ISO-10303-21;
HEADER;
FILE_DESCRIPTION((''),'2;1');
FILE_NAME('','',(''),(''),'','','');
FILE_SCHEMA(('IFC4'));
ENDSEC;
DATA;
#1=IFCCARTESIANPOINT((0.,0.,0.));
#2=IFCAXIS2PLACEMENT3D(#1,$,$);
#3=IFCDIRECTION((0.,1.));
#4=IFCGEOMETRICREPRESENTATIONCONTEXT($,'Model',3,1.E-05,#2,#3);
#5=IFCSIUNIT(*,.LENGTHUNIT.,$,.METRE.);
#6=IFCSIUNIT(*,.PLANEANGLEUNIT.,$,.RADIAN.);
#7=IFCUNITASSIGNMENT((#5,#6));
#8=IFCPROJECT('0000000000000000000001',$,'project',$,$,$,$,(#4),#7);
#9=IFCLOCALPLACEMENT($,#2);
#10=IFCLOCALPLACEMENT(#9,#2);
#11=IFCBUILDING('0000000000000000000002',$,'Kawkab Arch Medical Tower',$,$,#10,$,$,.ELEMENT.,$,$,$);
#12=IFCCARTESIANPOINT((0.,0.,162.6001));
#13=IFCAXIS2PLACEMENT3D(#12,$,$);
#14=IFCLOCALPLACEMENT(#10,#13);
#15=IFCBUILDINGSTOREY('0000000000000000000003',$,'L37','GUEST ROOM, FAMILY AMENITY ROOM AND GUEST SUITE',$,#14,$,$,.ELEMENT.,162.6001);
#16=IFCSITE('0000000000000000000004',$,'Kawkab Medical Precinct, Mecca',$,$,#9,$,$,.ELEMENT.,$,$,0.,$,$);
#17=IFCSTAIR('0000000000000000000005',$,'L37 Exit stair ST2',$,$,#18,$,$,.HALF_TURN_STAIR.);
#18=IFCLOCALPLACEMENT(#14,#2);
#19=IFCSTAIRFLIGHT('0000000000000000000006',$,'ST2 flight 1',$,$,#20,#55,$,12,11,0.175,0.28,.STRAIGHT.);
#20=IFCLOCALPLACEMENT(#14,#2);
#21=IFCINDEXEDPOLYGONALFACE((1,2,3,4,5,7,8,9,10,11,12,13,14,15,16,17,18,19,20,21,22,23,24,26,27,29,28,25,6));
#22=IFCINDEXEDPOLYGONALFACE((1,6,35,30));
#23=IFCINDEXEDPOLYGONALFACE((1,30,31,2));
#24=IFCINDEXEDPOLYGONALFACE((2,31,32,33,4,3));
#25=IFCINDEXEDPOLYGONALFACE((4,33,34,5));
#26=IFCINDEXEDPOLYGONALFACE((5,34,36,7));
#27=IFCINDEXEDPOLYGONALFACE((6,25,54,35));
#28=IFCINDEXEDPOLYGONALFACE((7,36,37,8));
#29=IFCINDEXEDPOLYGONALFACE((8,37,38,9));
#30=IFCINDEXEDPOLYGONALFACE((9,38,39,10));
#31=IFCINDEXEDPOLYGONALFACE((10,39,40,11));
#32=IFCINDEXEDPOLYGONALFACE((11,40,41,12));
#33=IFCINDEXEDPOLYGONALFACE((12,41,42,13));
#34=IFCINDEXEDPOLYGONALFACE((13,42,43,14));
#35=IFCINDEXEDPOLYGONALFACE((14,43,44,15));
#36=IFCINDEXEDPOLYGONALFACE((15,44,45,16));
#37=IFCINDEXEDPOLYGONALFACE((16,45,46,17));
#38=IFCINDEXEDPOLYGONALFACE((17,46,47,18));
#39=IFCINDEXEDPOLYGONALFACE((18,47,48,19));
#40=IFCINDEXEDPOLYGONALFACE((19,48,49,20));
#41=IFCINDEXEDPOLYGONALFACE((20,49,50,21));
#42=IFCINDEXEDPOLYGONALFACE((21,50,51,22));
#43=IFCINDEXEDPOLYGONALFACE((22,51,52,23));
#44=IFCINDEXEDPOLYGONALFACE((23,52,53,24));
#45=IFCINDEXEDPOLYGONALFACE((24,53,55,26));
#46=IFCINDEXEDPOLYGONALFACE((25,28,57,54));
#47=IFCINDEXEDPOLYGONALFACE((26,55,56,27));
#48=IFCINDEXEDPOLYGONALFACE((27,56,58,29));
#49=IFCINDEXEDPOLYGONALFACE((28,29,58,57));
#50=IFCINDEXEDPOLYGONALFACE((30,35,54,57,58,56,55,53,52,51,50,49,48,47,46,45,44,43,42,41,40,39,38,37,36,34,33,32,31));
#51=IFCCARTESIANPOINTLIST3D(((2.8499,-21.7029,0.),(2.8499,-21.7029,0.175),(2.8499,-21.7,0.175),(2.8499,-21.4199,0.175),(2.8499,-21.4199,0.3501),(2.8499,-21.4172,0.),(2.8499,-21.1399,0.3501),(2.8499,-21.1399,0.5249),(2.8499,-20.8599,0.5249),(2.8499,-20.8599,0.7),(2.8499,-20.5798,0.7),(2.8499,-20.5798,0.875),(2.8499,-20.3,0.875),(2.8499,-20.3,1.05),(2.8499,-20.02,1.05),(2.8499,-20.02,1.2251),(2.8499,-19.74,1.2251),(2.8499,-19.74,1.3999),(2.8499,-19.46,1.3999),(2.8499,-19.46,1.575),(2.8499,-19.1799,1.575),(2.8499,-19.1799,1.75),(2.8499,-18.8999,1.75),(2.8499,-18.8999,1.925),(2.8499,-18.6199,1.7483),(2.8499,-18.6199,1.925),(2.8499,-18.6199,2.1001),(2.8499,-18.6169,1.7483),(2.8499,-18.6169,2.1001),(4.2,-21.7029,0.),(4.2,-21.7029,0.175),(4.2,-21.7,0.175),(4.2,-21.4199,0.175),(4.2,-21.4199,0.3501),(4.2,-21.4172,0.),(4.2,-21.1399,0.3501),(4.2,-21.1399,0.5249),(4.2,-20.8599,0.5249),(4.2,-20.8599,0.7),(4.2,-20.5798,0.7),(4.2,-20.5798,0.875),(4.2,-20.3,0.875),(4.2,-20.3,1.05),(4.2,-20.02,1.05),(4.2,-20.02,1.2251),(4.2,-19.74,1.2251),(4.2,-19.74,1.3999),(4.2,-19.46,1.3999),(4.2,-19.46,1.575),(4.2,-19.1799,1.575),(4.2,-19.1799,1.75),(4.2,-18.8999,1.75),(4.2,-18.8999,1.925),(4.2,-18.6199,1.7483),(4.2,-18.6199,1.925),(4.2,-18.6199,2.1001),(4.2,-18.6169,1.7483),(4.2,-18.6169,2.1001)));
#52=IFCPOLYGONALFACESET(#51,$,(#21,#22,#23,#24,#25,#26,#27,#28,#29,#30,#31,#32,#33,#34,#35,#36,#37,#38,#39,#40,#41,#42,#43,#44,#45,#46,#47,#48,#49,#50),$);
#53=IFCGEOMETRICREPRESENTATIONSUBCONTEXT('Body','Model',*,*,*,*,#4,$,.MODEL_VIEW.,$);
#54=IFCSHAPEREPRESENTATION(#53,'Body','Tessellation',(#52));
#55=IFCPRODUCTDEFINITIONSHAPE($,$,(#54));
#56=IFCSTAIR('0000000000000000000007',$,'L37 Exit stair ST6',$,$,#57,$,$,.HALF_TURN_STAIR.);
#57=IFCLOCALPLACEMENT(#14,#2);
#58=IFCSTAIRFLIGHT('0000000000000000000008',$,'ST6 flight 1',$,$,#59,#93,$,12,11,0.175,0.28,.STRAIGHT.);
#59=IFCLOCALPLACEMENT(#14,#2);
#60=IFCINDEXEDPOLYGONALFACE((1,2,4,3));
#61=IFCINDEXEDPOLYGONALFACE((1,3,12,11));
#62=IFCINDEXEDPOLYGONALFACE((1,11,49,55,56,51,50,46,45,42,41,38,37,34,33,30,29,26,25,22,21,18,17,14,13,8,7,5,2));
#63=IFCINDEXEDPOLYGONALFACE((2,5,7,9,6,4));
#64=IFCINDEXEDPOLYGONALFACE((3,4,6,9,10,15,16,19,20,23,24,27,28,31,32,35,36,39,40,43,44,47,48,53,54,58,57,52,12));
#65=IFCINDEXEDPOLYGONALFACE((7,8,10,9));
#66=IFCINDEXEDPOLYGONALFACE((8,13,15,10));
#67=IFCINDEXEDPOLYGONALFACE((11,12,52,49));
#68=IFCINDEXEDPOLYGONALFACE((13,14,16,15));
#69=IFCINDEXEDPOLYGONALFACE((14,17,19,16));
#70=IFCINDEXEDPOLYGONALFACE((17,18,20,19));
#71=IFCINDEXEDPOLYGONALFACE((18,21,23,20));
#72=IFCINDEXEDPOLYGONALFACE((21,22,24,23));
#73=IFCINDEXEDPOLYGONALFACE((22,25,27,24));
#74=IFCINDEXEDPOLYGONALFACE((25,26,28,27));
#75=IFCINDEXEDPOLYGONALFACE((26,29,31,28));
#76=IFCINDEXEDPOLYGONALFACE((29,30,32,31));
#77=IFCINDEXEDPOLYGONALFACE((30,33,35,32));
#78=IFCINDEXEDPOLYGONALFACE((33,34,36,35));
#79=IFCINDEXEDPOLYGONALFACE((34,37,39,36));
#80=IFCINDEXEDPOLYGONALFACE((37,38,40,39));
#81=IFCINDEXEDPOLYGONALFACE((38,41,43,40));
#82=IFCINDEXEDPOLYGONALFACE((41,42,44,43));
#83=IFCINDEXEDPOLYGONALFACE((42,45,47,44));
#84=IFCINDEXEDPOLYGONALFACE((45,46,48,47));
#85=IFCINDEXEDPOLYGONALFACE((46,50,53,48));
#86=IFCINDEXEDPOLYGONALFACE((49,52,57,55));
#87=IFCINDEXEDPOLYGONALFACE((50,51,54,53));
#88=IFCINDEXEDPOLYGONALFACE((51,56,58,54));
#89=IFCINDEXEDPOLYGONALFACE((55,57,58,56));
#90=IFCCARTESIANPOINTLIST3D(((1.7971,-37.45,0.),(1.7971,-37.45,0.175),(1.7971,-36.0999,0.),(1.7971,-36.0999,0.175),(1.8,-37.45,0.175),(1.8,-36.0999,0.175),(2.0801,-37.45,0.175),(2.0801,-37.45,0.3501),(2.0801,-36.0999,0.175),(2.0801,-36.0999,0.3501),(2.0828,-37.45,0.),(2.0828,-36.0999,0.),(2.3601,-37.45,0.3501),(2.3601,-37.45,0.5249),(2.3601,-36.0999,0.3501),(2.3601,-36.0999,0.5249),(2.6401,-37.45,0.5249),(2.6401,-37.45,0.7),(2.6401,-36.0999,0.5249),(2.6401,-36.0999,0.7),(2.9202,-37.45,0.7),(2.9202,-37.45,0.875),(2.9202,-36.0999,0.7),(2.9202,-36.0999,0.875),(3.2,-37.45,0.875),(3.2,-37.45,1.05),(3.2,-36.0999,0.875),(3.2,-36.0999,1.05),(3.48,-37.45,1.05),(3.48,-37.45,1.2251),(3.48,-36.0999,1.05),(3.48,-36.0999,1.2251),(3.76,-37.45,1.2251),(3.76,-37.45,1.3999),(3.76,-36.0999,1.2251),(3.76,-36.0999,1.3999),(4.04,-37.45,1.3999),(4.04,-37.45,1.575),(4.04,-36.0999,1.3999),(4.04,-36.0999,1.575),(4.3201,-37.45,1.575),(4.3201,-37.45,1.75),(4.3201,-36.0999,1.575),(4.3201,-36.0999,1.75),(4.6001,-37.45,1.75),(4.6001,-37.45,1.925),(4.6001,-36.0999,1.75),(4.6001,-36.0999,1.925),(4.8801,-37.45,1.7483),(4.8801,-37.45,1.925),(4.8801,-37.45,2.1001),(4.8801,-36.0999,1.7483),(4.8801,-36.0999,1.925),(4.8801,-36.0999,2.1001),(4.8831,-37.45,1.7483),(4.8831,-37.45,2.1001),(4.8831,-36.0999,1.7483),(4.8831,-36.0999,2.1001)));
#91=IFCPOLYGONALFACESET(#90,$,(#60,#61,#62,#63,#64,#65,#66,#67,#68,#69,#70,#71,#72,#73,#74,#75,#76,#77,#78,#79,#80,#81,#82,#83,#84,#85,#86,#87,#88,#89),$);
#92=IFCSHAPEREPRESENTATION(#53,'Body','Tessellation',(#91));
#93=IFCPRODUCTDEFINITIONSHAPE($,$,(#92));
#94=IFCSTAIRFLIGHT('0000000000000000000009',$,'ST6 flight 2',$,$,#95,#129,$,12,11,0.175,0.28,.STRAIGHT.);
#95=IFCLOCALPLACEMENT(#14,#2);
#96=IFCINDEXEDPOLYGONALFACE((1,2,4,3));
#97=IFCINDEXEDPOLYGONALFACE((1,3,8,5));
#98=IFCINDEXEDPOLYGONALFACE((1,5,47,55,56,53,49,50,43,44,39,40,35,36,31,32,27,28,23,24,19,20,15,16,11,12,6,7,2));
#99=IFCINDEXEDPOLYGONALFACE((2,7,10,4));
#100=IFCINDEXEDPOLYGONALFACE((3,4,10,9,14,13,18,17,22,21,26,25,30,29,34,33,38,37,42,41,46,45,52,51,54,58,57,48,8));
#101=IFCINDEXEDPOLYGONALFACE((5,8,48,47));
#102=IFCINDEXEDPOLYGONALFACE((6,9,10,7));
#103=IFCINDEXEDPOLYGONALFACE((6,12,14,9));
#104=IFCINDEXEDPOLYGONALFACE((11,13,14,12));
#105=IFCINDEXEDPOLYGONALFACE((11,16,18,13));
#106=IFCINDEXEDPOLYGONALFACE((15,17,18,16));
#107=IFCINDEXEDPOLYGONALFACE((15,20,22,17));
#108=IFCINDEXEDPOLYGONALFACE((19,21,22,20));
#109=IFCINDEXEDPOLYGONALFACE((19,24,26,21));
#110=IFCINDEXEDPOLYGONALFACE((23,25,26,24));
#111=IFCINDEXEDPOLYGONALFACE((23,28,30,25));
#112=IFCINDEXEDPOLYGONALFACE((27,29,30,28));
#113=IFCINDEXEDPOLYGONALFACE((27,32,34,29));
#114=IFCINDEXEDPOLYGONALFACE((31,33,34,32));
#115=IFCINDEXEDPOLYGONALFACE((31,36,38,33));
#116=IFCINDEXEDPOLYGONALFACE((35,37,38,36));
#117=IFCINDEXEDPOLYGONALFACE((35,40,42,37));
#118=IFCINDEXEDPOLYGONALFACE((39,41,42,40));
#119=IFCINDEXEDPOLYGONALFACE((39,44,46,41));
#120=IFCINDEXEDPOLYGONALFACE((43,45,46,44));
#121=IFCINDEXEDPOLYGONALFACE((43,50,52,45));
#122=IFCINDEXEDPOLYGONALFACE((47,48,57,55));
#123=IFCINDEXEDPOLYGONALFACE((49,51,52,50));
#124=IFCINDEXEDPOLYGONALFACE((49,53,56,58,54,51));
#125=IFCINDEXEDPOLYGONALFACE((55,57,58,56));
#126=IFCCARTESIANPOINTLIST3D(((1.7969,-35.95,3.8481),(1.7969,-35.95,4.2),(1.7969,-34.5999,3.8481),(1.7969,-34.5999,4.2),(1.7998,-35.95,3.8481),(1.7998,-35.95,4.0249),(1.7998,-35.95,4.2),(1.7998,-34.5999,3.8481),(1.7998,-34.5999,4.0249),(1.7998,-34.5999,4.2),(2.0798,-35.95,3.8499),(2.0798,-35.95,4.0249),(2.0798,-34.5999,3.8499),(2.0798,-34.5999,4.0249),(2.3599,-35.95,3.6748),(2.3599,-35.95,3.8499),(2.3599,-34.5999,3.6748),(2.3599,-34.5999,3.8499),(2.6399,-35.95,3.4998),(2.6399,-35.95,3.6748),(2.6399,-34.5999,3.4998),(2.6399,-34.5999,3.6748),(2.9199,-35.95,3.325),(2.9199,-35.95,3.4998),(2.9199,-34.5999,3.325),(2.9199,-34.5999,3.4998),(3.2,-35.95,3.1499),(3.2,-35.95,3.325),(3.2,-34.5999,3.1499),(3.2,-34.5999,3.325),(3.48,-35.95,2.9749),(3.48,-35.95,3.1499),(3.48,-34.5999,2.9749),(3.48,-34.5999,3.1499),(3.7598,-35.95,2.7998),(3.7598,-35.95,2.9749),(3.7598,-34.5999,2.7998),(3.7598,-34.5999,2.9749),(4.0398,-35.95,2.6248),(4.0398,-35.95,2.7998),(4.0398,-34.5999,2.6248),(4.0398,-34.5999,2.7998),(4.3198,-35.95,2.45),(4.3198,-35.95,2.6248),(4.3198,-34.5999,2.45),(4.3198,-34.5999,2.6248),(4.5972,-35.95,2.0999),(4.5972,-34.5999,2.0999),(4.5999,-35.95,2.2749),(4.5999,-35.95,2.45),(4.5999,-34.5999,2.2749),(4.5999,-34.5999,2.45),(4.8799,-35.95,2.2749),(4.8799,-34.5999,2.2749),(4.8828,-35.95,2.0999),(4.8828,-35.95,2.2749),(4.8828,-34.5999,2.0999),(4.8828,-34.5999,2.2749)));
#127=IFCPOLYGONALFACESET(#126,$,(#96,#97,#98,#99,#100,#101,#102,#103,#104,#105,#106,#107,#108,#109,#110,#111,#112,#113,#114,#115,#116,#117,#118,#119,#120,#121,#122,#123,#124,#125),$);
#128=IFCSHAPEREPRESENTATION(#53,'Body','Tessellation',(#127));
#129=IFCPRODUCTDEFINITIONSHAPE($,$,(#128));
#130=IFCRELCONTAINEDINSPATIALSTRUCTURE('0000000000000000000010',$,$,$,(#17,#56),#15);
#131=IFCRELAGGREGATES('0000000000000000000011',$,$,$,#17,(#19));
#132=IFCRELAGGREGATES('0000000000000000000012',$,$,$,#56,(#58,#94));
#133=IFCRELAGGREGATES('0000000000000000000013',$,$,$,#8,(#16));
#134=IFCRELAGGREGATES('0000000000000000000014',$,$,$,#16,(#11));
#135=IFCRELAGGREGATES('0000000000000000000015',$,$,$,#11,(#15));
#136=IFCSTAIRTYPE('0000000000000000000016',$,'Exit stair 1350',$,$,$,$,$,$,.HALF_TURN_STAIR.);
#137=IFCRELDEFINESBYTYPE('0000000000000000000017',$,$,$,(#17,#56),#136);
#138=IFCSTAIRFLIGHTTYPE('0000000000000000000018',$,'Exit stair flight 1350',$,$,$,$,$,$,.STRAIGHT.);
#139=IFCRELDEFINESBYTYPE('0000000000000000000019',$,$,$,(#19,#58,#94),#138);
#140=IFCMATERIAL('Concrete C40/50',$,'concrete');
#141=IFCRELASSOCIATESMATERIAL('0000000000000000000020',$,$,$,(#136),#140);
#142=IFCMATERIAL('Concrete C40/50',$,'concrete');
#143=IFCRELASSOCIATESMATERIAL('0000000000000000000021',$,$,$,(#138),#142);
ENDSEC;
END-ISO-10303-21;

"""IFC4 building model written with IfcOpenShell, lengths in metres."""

from ifc_helpers import new_model, si_unit, direction, frame, origin, place, context, subcontext, project, spatial, polyline, outline, extrude, material, type_object, element, aggregate, save


model = new_model("IFC4")

# Units and contexts
model_context = context("Model", 3, precision=1e-05, world=origin(), true_north=direction((0.0, 1.0)))
body_context = subcontext(model_context, "Body", "Model", "MODEL_VIEW")
ifc_project = project(units=[si_unit("LENGTHUNIT", "METRE"), si_unit("PLANEANGLEUNIT", "RADIAN")], contexts=[model_context])

# Site, building, storey
site_placement = place(None, origin())
site = spatial("IfcSite", under=ifc_project, at=site_placement, Name="Kawkab Medical Precinct, Mecca", CompositionType="ELEMENT", RefElevation=0.0)
building_placement = place(site_placement, origin())
building = spatial("IfcBuilding", under=site, at=building_placement, Name="Kawkab Arch Medical Tower", CompositionType="ELEMENT")
storey_placement = place(building_placement, frame((0.0, 0.0, 162.6001)))
storey = spatial("IfcBuildingStorey", under=building, at=storey_placement, Name="L37", Description="GUEST ROOM, FAMILY AMENITY ROOM AND GUEST SUITE", CompositionType="ELEMENT", Elevation=162.6001)

# Stair, stair flight
ifc_material_1 = material(Name="Concrete C40/50", Category="concrete")
stair_type = type_object("IfcStairType", Name="Exit stair 1350", PredefinedType="HALF_TURN_STAIR", material=ifc_material_1)
placement = place(storey_placement, origin())
stair_1 = element("IfcStair", 1, at=placement, inside=storey, type_object=stair_type, Name="L37 Exit stair ST2", PredefinedType="HALF_TURN_STAIR")
ifc_material_2 = material(Name="Concrete C40/50", Category="concrete")
stair_flight_type = type_object("IfcStairFlightType", Name="Exit stair flight 1350", PredefinedType="STRAIGHT", material=ifc_material_2)
stair_flight_1_placement = place(storey_placement, frame((3.5249, -21.7, 0.0), z_axis=(0.0, 0.0, 1.0), x_axis=(0.0, 1.0, 0.0)))
stair_flight_1 = element("IfcStairFlight", 2, at=stair_flight_1_placement, type_object=stair_flight_type, Name="ST2 flight 1", NumberOfRisers=12, NumberOfTreads=11, PredefinedType="STRAIGHT", RiserHeight=0.175, TreadLength=0.28, context=body_context, shape_type="SweptSolid", body=[
    extrude(outline(polyline([(-0.0029, 0.0), (-0.0029, 0.175), (0.0, 0.175), (0.28, 0.175), (0.28, 0.3501), (0.5601, 0.3501), (0.5601, 0.5249), (0.8401, 0.5249), (0.8401, 0.7), (1.1201, 0.7), (1.1201, 0.875), (1.3999, 0.875), (1.3999, 1.05), (1.6799, 1.05), (1.6799, 1.2251), (1.96, 1.2251), (1.96, 1.3999), (2.24, 1.3999), (2.24, 1.575), (2.52, 1.575), (2.52, 1.75), (2.8, 1.75), (2.8, 1.925), (3.0801, 1.925), (3.0801, 2.1001), (3.083, 2.1001), (3.083, 1.7483), (3.0801, 1.7483), (0.2827, 0.0), (-0.0029, 0.0)])), frame((0.0, 0.675, 0.0), z_axis=(0.0, -1.0, 0.0), x_axis=(1.0, 0.0, 0.0)), (0.0, 0.0, 1.0), 1.3501),
])
aggregate(stair_1, [stair_flight_1])

# Stair, stair flights
stair_2 = element("IfcStair", 3, at=placement, inside=storey, type_object=stair_type, Name="L37 Exit stair ST6", PredefinedType="HALF_TURN_STAIR")
stair_flight_2_placement = place(storey_placement, frame((1.8, -36.7749, 0.0), z_axis=(0.0, 0.0, 1.0), x_axis=(1.0, 0.0, 0.0)))
stair_flight_2 = element("IfcStairFlight", 4, at=stair_flight_2_placement, type_object=stair_flight_type, Name="ST6 flight 1", NumberOfRisers=12, NumberOfTreads=11, PredefinedType="STRAIGHT", RiserHeight=0.175, TreadLength=0.28, context=body_context, shape_type="SweptSolid", body=[
    extrude(outline(polyline([(-0.0029, 0.0), (-0.0029, 0.175), (0.0, 0.175), (0.28, 0.175), (0.28, 0.3501), (0.5601, 0.3501), (0.5601, 0.5249), (0.8401, 0.5249), (0.8401, 0.7), (1.1201, 0.7), (1.1201, 0.875), (1.3999, 0.875), (1.3999, 1.05), (1.6799, 1.05), (1.6799, 1.2251), (1.96, 1.2251), (1.96, 1.3999), (2.24, 1.3999), (2.24, 1.575), (2.52, 1.575), (2.52, 1.75), (2.8, 1.75), (2.8, 1.925), (3.0801, 1.925), (3.0801, 2.1001), (3.083, 2.1001), (3.083, 1.7483), (3.0801, 1.7483), (0.2827, 0.0), (-0.0029, 0.0)])), frame((0.0, 0.675, 0.0), z_axis=(0.0, -1.0, 0.0), x_axis=(1.0, 0.0, 0.0)), (0.0, 0.0, 1.0), 1.3501),
])
stair_flight_3_placement = place(storey_placement, frame((4.8799, -35.2749, 2.0999), z_axis=(0.0, 0.0, 1.0), x_axis=(-1.0, 0.0, 0.0)))
stair_flight_3 = element("IfcStairFlight", 5, at=stair_flight_3_placement, type_object=stair_flight_type, Name="ST6 flight 2", NumberOfRisers=12, NumberOfTreads=11, PredefinedType="STRAIGHT", RiserHeight=0.175, TreadLength=0.28, context=body_context, shape_type="SweptSolid", body=[
    extrude(outline(polyline([(-0.0029, 0.0), (-0.0029, 0.175), (0.0, 0.175), (0.28, 0.175), (0.28, 0.3501), (0.5601, 0.3501), (0.5601, 0.5249), (0.8401, 0.5249), (0.8401, 0.7), (1.1201, 0.7), (1.1201, 0.875), (1.3999, 0.875), (1.3999, 1.05), (1.6799, 1.05), (1.6799, 1.2251), (1.96, 1.2251), (1.96, 1.3999), (2.24, 1.3999), (2.24, 1.575), (2.52, 1.575), (2.52, 1.75), (2.8, 1.75), (2.8, 1.925), (3.0801, 1.925), (3.0801, 2.1001), (3.083, 2.1001), (3.083, 1.7483), (3.0801, 1.7483), (0.2827, 0.0), (-0.0029, 0.0)])), frame((0.0, 0.675, 0.0), z_axis=(0.0, -1.0, 0.0), x_axis=(1.0, 0.0, 0.0)), (0.0, 0.0, 1.0), 1.3501),
])
aggregate(stair_2, [stair_flight_2, stair_flight_3])

save(model, "model.ifc")
